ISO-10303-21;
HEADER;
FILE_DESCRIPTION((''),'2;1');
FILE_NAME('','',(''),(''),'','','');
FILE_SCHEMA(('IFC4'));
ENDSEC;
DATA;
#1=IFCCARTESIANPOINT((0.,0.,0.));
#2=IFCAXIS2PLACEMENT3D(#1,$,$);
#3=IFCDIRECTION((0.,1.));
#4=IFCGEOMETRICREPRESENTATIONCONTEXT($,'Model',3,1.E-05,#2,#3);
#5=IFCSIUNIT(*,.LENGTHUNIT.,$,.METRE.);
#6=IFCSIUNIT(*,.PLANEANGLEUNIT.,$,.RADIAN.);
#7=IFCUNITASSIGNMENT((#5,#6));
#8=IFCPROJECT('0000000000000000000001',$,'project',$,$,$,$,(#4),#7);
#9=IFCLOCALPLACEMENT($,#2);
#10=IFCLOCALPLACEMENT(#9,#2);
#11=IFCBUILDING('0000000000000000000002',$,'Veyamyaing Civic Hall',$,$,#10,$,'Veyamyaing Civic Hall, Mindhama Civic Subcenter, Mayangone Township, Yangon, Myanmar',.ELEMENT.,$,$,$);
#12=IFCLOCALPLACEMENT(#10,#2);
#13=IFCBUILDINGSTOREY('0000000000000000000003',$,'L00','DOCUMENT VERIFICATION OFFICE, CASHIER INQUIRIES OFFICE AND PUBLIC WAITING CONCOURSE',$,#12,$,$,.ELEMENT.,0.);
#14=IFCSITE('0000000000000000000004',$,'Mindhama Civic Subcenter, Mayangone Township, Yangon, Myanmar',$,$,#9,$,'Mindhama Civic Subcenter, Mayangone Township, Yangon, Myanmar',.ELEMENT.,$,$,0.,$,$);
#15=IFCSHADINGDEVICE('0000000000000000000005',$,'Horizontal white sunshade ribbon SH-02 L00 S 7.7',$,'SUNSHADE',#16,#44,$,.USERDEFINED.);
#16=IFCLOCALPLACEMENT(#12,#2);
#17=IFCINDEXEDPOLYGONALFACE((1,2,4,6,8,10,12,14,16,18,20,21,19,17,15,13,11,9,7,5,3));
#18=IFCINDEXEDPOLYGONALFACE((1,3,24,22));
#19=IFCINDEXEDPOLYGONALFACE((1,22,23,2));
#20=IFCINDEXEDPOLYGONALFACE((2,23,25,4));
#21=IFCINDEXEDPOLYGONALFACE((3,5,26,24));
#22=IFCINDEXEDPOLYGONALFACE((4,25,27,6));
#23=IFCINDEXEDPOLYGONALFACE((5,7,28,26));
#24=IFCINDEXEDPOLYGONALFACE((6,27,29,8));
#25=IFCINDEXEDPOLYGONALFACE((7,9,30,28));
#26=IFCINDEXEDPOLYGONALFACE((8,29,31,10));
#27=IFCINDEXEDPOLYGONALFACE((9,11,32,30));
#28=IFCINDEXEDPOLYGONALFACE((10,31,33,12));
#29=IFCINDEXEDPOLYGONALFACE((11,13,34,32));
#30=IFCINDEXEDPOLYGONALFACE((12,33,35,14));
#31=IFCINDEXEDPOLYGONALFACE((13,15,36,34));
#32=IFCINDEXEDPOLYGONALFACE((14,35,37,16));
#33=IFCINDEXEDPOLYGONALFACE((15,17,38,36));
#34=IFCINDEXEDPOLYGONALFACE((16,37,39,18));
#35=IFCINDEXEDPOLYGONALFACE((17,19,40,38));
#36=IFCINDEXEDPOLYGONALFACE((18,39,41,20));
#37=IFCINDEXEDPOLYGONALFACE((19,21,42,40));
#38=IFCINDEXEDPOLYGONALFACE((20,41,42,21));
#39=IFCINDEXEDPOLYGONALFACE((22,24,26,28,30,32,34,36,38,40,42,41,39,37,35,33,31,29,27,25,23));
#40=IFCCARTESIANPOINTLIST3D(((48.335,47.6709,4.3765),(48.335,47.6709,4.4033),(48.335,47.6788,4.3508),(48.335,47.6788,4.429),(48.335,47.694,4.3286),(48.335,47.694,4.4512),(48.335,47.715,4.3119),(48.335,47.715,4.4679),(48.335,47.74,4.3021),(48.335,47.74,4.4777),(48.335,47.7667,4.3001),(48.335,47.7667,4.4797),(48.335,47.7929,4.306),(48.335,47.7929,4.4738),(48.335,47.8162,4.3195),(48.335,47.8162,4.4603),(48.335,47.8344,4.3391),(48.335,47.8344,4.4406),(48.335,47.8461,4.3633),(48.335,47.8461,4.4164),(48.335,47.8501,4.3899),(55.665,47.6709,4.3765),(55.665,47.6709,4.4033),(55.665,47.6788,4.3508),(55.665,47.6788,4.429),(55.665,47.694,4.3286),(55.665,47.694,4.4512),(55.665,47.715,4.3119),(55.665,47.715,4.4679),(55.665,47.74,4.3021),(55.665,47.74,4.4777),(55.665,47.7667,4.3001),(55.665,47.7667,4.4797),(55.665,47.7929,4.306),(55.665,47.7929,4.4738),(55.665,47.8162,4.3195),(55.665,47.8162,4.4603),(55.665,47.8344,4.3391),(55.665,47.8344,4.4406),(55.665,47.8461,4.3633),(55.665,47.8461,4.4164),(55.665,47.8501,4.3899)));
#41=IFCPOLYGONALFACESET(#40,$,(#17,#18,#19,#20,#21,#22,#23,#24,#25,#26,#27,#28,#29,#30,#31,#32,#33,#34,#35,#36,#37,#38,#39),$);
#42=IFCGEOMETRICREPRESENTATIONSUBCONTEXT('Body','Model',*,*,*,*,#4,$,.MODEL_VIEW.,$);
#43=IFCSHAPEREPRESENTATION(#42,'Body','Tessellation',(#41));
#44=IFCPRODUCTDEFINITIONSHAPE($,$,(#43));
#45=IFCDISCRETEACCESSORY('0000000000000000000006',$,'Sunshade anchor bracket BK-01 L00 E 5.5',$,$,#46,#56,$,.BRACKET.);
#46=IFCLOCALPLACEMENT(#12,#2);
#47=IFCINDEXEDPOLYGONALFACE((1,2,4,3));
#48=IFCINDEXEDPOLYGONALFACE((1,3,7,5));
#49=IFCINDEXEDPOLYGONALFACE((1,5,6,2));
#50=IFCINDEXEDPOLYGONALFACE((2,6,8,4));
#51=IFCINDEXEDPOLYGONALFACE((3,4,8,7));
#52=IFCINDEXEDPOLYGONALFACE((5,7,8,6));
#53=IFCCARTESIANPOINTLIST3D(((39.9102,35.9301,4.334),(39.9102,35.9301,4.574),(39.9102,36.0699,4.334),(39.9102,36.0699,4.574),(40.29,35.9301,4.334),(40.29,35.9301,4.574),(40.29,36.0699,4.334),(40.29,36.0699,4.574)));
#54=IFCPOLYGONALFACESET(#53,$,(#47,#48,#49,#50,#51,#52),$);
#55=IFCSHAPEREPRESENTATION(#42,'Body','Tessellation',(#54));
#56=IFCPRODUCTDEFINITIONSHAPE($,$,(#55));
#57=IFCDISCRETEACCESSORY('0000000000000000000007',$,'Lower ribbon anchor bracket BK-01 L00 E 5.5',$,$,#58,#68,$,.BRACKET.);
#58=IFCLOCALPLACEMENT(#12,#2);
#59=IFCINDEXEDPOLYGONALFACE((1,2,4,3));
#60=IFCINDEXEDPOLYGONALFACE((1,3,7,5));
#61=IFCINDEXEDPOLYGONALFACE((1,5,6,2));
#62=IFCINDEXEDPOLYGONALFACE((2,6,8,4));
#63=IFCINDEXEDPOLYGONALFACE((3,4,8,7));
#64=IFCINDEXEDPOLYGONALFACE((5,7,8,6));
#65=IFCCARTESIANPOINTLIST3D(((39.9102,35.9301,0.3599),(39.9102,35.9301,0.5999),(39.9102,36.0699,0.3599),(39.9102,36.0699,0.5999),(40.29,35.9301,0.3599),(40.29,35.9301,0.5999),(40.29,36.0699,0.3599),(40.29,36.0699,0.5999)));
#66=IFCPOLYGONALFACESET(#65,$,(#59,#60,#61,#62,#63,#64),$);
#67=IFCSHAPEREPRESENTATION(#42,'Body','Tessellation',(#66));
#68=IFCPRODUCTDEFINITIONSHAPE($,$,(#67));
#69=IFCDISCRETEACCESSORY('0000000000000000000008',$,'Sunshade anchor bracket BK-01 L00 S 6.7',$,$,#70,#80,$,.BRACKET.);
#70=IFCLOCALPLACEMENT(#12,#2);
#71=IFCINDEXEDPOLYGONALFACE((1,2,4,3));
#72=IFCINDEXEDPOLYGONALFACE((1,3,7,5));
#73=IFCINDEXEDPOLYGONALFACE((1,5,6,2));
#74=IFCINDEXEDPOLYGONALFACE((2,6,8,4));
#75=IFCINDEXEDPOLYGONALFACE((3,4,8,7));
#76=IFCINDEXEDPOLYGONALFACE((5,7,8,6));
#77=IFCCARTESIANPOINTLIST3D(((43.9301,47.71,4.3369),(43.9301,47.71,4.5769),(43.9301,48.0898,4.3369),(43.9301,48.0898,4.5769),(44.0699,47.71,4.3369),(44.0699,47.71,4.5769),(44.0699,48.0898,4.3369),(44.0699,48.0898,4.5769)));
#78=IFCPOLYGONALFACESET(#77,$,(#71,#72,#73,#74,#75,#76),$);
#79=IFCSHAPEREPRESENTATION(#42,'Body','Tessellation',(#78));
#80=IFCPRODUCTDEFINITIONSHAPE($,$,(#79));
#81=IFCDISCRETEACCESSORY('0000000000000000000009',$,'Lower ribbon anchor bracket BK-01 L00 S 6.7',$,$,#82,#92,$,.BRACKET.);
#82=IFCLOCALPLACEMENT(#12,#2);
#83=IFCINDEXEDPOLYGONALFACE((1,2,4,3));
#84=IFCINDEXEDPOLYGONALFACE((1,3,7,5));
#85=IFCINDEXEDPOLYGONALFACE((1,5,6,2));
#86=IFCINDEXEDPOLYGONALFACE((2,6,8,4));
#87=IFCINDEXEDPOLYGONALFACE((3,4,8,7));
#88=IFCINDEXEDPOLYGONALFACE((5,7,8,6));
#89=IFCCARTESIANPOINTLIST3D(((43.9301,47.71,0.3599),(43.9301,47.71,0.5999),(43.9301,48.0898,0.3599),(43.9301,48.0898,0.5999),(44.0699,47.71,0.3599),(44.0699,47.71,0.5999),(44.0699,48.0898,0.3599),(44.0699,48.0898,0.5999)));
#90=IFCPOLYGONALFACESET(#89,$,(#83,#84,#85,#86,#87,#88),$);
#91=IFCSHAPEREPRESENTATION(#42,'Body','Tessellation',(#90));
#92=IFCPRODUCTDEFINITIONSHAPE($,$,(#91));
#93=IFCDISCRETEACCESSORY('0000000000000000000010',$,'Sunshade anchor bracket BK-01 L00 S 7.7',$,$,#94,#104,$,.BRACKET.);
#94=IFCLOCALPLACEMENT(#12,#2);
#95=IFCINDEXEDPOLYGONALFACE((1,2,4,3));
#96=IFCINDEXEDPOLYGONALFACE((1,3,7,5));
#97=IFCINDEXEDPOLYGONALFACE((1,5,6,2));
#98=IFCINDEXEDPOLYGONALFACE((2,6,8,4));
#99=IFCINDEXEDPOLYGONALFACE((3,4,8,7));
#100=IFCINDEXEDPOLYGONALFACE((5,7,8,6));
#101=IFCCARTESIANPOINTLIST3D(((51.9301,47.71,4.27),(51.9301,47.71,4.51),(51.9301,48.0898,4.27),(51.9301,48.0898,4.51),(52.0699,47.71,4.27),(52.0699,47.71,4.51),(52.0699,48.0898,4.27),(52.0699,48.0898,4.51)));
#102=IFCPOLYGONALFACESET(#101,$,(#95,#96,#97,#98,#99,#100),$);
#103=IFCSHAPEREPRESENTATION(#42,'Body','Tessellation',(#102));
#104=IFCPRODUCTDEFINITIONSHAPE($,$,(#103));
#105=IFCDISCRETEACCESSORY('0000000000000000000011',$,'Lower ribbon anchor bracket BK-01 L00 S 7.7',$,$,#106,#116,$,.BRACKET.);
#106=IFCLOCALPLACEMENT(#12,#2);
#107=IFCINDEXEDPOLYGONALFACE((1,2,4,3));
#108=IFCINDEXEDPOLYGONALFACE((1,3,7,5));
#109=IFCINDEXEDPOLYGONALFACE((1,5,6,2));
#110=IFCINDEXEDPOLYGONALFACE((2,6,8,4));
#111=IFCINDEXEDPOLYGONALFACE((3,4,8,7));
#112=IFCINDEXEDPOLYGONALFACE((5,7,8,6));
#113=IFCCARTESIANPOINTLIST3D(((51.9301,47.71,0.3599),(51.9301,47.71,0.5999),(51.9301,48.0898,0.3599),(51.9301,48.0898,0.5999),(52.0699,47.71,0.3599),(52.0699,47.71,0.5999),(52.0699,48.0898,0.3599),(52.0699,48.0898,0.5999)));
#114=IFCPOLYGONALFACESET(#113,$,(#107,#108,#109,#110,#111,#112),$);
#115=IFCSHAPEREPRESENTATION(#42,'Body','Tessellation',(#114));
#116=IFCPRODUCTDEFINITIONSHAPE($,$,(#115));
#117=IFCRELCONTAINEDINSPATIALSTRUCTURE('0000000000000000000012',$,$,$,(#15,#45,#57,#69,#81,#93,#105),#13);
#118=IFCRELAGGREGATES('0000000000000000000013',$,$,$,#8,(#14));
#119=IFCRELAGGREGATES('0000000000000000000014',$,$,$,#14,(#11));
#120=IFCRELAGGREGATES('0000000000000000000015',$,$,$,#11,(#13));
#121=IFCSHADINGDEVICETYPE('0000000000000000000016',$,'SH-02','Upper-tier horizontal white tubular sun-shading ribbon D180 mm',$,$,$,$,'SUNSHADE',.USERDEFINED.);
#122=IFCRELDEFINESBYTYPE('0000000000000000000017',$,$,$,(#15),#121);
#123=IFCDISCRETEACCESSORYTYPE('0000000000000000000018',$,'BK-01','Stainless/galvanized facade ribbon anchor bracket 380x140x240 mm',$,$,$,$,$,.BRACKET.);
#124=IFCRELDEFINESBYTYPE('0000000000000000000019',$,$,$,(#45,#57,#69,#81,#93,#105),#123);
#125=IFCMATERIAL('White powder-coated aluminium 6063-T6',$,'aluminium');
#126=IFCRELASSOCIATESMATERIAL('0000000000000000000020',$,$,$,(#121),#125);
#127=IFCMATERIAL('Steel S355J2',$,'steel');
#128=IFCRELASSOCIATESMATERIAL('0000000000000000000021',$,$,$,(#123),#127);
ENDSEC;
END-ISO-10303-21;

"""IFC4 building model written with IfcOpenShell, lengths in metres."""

from ifc_helpers import new_model, si_unit, direction, frame, origin, origin_2d, place, context, subcontext, project, spatial, rectangle, circle, extrude, material, material_profile, profile_set, type_object, element, save


model = new_model("IFC4")

# Units and contexts
model_context = context("Model", 3, precision=1e-05, world=origin(), true_north=direction((0.0, 1.0)))
body_context = subcontext(model_context, "Body", "Model", "MODEL_VIEW")
ifc_project = project(units=[si_unit("LENGTHUNIT", "METRE"), si_unit("PLANEANGLEUNIT", "RADIAN")], contexts=[model_context])

# Site, building, storey
site_placement = place(None, origin())
site = spatial("IfcSite", under=ifc_project, at=site_placement, Name="Mindhama Civic Subcenter, Mayangone Township, Yangon, Myanmar", LongName="Mindhama Civic Subcenter, Mayangone Township, Yangon, Myanmar", CompositionType="ELEMENT", RefElevation=0.0)
building_placement = place(site_placement, origin())
building = spatial("IfcBuilding", under=site, at=building_placement, Name="Veyamyaing Civic Hall", LongName="Veyamyaing Civic Hall, Mindhama Civic Subcenter, Mayangone Township, Yangon, Myanmar", CompositionType="ELEMENT")
storey_placement = place(building_placement, origin())
storey = spatial("IfcBuildingStorey", under=building, at=storey_placement, Name="L00", Description="DOCUMENT VERIFICATION OFFICE, CASHIER INQUIRIES OFFICE AND PUBLIC WAITING CONCOURSE", CompositionType="ELEMENT", Elevation=0.0)

# Shared definitions
ifc_material_1 = material(Name="White powder-coated aluminium 6063-T6", Category="aluminium")

# Shading device
ifc_material_profile_1 = material_profile(ifc_material_1, circle(Radius=0.0901, at=origin_2d()), Name="SHADE-TUBE-180")
ifc_profile_set_1 = profile_set([ifc_material_profile_1], Name="White powder-coated aluminium 6063-T6")
shading_device_type = type_object("IfcShadingDeviceType", Name="SH-02", Description="Upper-tier horizontal white tubular sun-shading ribbon D180 mm", ElementType="SUNSHADE", PredefinedType="USERDEFINED", material=ifc_profile_set_1)
for number, where, z_axis, x_axis, name in (
    (1, (48.335, 47.76, 4.3899), (1.0, 0.0, 0.0), (0.0, 1.0, 0.0), "Horizontal white sunshade ribbon SH-02 L00 S 7.7"),
):
    element("IfcShadingDevice", number, at=place(storey_placement, frame(where, z_axis=z_axis, x_axis=x_axis)), inside=storey, type_object=shading_device_type, Name=name, ObjectType="SUNSHADE", PredefinedType="USERDEFINED", context=body_context, shape_type="SweptSolid", body=[
        extrude(circle(Radius=0.0901, at=origin_2d()), origin(), (0.0, 0.0, 1.0), 7.3301),
    ])

# Discrete accessories
ifc_material_2 = material(Name="Steel S355J2", Category="steel")
discrete_accessory_type = type_object("IfcDiscreteAccessoryType", Name="BK-01", Description="Stainless/galvanized facade ribbon anchor bracket 380x140x240 mm", PredefinedType="BRACKET", material=ifc_material_2)
for number, where, z_axis, x_axis, name in (
    (2, (40.1001, 36.0, 4.334), (0.0, 0.0, 1.0), (1.0, 0.0, 0.0), "Sunshade anchor bracket BK-01 L00 E 5.5"),
    (3, (40.1001, 36.0, 0.3599), (0.0, 0.0, 1.0), (1.0, 0.0, 0.0), "Lower ribbon anchor bracket BK-01 L00 E 5.5"),
    (4, (44.0, 47.8999, 4.3369), (0.0, 0.0, 1.0), (0.0, -1.0, 0.0), "Sunshade anchor bracket BK-01 L00 S 6.7"),
    (5, (44.0, 47.8999, 0.3599), (0.0, 0.0, 1.0), (0.0, -1.0, 0.0), "Lower ribbon anchor bracket BK-01 L00 S 6.7"),
    (6, (52.0, 47.8999, 4.27), (0.0, 0.0, 1.0), (0.0, -1.0, 0.0), "Sunshade anchor bracket BK-01 L00 S 7.7"),
    (7, (52.0, 47.8999, 0.3599), (0.0, 0.0, 1.0), (0.0, -1.0, 0.0), "Lower ribbon anchor bracket BK-01 L00 S 7.7"),
):
    element("IfcDiscreteAccessory", number, at=place(storey_placement, frame(where, z_axis=z_axis, x_axis=x_axis)), inside=storey, type_object=discrete_accessory_type, Name=name, PredefinedType="BRACKET", context=body_context, shape_type="SweptSolid", body=[
        extrude(rectangle(XDim=0.3799, YDim=0.1399, at=origin_2d()), origin(), (0.0, 0.0, 1.0), 0.24),
    ])

save(model, "model.ifc")
